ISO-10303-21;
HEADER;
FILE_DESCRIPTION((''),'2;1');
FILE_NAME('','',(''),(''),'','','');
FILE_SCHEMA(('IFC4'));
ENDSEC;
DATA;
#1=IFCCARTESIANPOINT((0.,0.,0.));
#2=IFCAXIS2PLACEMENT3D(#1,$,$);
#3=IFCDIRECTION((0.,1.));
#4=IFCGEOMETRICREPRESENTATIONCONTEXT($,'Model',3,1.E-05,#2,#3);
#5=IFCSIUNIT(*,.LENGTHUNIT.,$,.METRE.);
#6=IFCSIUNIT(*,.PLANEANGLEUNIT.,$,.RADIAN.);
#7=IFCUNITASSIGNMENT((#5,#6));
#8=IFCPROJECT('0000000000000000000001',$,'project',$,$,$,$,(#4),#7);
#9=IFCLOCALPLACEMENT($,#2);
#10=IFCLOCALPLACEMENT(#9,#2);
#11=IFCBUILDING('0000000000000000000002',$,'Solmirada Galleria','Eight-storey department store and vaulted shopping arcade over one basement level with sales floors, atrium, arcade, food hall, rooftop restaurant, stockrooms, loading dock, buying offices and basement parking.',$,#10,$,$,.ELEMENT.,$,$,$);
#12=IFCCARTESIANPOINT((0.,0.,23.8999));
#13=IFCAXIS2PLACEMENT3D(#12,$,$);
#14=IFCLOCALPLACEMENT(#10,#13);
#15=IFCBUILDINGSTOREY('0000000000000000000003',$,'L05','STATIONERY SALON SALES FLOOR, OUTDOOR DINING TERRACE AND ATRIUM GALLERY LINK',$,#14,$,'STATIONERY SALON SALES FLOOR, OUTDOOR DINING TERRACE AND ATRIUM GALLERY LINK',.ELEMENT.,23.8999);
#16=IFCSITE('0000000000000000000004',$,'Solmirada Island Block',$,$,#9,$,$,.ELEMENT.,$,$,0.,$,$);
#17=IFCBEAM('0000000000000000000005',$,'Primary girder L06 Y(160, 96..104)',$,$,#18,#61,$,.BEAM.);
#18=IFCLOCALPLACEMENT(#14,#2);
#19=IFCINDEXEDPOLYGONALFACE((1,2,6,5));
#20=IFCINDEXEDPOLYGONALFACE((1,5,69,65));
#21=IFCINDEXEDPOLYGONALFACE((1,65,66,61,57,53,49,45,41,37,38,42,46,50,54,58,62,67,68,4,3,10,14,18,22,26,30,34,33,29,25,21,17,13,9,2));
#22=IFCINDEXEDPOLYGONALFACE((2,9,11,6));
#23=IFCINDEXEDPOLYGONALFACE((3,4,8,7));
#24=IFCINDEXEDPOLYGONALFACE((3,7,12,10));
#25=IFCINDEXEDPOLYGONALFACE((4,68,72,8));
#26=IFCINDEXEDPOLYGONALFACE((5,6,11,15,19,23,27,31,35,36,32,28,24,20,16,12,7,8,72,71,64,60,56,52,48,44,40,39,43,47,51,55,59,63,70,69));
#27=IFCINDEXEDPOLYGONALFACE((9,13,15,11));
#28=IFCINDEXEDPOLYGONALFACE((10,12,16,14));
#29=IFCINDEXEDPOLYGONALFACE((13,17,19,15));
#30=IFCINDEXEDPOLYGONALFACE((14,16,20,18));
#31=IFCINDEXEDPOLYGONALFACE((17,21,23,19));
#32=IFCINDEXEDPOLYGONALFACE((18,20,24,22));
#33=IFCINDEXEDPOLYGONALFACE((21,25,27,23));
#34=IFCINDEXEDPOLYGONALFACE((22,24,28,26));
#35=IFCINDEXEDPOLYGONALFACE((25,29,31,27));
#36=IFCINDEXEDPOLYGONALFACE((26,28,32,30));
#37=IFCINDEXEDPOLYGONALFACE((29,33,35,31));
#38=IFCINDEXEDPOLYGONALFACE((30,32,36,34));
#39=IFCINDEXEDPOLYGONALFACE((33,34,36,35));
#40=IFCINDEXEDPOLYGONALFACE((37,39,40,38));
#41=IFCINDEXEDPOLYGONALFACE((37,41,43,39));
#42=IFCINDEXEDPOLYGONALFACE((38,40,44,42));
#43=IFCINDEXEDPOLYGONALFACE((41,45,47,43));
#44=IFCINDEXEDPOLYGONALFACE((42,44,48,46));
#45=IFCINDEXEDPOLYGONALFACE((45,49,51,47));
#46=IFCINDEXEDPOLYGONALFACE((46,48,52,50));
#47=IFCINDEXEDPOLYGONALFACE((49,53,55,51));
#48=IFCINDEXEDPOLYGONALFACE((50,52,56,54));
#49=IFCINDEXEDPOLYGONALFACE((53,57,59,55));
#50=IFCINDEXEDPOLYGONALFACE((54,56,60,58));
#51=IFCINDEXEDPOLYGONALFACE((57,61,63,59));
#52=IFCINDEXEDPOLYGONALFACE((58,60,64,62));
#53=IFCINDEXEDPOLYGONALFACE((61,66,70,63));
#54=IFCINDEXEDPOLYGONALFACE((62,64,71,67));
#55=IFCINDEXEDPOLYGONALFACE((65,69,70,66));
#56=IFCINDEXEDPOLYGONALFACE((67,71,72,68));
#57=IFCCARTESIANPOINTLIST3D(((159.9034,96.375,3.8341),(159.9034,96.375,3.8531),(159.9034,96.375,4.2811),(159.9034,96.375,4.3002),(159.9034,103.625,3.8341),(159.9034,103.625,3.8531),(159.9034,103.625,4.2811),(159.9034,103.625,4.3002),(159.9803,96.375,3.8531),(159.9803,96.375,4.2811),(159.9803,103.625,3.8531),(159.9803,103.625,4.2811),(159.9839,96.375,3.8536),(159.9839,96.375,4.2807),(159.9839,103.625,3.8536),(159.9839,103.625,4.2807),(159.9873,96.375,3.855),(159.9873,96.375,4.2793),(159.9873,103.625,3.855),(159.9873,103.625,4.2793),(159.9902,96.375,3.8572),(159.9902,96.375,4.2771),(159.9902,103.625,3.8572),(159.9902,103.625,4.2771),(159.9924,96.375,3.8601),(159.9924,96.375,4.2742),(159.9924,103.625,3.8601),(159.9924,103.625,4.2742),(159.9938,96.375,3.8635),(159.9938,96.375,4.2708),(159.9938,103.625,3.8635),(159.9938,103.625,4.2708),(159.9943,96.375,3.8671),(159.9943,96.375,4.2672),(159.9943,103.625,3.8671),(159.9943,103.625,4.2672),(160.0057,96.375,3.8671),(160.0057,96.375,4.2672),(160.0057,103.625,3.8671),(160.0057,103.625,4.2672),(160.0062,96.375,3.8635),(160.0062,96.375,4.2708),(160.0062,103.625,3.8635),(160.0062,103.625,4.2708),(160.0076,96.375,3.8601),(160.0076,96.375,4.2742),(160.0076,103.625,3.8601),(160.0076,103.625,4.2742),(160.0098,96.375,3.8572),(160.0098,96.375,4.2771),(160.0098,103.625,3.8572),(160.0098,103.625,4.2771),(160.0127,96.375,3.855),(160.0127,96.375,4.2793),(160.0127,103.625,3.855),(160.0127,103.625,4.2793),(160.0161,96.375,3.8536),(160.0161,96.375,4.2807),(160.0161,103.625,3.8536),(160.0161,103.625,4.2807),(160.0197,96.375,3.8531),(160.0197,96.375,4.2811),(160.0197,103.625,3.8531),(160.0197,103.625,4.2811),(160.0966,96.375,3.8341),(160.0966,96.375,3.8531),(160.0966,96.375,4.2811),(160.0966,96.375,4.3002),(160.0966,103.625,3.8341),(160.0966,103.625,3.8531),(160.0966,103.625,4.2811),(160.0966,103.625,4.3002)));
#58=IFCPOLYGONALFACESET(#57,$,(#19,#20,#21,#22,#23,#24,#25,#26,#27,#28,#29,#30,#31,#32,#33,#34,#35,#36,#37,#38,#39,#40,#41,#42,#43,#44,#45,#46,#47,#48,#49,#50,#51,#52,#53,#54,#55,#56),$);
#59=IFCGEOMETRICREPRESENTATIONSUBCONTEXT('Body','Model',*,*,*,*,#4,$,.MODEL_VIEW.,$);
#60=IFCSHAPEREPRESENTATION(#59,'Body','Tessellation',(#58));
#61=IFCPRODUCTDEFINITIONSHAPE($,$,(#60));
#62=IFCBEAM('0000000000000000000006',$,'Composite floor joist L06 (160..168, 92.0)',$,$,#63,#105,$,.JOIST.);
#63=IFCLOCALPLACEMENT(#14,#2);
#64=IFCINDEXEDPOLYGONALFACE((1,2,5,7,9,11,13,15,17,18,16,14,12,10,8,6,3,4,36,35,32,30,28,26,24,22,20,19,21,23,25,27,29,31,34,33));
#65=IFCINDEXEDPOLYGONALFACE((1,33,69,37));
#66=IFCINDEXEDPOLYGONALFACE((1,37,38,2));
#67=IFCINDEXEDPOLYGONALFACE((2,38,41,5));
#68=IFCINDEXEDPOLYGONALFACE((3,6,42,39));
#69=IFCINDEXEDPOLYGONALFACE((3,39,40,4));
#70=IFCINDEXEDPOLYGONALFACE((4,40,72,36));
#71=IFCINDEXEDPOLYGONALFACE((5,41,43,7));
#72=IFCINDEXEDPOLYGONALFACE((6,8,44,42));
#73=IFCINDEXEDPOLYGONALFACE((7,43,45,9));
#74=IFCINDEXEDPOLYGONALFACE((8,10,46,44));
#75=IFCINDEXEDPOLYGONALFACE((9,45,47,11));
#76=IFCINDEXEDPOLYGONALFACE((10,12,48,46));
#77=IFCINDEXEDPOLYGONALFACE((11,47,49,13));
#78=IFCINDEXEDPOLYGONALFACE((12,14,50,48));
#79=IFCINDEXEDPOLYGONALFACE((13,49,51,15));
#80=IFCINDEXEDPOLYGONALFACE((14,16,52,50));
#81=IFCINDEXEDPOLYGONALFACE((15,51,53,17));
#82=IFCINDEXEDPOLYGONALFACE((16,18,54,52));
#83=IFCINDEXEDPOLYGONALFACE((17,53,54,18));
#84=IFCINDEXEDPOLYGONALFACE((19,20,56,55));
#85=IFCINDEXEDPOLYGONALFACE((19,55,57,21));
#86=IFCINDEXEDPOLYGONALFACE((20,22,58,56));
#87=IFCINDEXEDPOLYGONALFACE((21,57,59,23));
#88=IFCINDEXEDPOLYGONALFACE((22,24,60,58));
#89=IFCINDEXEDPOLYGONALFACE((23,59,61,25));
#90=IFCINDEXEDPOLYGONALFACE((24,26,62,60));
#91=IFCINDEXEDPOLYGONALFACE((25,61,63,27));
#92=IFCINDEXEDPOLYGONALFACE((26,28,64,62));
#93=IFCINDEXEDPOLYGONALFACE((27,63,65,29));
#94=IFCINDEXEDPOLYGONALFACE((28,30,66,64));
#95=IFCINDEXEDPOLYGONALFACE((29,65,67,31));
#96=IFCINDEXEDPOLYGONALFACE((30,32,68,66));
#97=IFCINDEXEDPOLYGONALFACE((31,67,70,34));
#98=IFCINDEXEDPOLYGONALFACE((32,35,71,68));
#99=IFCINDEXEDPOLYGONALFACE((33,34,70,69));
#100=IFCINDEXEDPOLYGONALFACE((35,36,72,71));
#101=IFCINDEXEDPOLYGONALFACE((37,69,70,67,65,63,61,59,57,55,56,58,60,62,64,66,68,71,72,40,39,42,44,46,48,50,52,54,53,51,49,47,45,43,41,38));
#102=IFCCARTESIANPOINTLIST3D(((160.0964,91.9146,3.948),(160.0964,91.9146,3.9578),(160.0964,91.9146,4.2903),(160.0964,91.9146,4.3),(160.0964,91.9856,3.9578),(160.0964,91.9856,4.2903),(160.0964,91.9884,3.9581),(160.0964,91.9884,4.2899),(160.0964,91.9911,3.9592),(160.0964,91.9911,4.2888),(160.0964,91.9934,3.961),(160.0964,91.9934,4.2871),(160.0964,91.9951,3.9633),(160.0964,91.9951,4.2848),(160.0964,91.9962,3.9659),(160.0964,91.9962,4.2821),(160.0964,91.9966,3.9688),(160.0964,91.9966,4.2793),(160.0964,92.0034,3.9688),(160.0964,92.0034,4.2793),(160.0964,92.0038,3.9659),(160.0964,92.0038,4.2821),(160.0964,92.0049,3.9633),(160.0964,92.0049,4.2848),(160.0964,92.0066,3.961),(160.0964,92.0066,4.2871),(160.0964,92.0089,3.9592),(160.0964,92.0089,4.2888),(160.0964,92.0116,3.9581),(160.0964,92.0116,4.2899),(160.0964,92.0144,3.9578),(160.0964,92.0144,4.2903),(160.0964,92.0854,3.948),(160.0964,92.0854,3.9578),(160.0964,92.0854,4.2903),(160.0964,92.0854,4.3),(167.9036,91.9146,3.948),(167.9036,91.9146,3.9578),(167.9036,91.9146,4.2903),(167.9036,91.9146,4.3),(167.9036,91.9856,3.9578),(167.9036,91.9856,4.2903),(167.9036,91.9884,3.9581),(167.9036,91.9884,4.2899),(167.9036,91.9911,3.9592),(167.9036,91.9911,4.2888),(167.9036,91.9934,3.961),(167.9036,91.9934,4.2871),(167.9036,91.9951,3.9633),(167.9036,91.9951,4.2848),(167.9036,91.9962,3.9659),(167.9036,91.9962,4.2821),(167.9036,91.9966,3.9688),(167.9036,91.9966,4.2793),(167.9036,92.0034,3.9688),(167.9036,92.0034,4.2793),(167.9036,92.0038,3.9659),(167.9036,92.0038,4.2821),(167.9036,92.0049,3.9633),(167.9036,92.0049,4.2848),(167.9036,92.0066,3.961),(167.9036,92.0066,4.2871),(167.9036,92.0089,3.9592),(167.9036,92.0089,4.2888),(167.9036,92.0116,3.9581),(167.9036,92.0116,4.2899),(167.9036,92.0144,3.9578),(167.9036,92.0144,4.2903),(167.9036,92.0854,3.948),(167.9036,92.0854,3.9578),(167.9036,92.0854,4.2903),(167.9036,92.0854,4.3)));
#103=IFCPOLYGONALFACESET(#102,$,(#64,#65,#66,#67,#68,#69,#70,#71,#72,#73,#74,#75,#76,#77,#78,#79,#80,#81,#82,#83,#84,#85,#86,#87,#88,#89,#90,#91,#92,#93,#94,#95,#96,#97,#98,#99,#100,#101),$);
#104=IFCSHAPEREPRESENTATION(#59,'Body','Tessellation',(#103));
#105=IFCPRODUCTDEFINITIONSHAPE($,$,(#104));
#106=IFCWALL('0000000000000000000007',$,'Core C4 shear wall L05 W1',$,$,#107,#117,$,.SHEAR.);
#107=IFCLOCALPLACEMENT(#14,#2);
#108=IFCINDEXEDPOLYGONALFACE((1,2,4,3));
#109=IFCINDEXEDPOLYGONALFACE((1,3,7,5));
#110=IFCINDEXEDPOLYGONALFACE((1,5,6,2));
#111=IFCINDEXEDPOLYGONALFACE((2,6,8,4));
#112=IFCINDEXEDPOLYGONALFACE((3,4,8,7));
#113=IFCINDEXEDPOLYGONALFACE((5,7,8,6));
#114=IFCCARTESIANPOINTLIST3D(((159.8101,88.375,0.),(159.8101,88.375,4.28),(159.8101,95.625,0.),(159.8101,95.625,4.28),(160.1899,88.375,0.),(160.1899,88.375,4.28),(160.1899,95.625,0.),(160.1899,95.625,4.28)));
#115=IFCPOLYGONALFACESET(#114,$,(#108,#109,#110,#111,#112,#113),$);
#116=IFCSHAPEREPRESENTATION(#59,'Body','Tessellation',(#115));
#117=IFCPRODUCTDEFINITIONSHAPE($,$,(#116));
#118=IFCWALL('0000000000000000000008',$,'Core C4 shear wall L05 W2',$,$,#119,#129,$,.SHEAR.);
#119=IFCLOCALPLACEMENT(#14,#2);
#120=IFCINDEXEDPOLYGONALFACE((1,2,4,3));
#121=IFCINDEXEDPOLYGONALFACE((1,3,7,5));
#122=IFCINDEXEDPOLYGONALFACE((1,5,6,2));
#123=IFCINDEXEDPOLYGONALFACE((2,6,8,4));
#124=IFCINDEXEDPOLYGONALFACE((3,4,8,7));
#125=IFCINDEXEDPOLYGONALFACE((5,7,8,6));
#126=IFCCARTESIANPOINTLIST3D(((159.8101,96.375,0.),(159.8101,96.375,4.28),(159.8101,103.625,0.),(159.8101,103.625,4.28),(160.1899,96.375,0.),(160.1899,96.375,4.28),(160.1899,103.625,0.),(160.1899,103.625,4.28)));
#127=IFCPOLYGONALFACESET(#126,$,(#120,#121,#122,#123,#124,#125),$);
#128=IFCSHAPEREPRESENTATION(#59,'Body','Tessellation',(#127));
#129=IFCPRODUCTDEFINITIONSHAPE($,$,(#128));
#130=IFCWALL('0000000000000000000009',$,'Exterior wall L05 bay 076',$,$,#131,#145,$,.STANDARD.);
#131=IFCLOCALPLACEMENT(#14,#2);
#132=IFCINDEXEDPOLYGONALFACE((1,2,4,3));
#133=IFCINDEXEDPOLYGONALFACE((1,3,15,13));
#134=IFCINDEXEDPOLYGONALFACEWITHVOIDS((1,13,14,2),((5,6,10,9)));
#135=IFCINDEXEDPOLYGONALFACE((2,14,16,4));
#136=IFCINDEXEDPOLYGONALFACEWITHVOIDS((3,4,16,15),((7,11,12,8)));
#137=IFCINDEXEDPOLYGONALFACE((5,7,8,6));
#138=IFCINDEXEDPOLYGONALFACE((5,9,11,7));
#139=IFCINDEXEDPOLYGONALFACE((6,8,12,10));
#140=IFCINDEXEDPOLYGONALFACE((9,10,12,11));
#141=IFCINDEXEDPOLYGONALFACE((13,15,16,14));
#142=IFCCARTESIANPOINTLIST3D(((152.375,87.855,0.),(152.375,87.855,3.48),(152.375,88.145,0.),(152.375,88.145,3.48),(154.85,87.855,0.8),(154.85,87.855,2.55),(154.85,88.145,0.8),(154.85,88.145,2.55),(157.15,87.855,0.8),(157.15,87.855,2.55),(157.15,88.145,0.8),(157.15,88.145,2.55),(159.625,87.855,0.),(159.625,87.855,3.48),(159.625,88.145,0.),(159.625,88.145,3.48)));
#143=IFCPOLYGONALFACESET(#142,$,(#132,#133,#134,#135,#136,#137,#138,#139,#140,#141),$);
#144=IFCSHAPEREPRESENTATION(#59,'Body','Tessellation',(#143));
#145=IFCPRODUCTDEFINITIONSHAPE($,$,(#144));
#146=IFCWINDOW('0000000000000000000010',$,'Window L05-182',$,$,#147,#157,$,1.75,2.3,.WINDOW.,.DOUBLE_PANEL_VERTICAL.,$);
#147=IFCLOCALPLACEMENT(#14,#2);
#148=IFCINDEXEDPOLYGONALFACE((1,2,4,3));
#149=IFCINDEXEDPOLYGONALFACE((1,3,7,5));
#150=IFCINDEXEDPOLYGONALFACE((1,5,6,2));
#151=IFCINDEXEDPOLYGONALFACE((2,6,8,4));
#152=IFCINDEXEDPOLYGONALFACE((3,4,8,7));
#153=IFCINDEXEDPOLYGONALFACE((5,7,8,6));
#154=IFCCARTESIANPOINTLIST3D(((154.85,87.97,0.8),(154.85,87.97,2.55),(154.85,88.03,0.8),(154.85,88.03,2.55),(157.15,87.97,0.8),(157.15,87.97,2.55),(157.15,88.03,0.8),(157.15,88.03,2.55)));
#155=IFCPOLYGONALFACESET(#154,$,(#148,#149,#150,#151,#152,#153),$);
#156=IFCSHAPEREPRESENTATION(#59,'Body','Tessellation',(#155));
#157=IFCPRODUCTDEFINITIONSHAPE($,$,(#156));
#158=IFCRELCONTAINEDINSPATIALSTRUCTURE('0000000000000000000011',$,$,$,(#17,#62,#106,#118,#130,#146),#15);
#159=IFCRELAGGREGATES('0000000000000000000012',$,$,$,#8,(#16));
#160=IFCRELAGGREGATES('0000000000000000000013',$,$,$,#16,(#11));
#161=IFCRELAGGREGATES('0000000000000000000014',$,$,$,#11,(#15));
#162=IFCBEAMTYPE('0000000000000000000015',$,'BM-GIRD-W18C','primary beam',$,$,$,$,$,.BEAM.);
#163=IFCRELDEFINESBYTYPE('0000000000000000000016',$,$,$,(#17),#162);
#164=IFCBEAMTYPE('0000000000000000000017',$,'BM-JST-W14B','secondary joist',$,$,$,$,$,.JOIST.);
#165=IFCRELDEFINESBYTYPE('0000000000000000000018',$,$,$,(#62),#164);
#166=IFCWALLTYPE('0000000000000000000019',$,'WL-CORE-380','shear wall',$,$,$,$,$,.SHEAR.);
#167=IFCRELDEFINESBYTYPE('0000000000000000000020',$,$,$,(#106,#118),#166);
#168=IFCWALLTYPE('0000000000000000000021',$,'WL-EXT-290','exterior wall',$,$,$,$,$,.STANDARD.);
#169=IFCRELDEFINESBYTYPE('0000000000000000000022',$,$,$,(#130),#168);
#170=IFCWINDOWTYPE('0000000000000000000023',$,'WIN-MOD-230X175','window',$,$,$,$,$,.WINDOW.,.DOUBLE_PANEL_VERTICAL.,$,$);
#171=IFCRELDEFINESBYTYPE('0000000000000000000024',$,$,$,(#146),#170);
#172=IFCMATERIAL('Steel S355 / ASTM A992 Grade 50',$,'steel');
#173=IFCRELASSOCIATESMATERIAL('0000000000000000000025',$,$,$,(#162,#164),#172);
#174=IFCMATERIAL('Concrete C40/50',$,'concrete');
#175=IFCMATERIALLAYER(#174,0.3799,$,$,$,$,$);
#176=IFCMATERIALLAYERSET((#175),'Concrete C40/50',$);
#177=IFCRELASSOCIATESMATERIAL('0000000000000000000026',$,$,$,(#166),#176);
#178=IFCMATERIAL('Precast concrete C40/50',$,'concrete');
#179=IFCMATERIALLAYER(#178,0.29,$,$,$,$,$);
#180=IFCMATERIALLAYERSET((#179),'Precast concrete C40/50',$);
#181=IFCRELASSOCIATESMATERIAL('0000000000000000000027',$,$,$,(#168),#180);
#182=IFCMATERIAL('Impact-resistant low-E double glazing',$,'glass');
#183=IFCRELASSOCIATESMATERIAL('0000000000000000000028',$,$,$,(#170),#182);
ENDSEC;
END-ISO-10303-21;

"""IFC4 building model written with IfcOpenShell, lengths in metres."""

from ifc_helpers import new_model, si_unit, direction, frame, frame_2d, origin, origin_2d, place, context, subcontext, project, spatial, rectangle, i_section, extrude, material, layer, layer_set, material_profile, profile_set, type_object, element, fill, save


model = new_model("IFC4")

# Units and contexts
model_context = context("Model", 3, precision=1e-05, world=origin(), true_north=direction((0.0, 1.0)))
body_context = subcontext(model_context, "Body", "Model", "MODEL_VIEW")
ifc_project = project(units=[si_unit("LENGTHUNIT", "METRE"), si_unit("PLANEANGLEUNIT", "RADIAN")], contexts=[model_context])

# Site, building, storey
site_placement = place(None, origin())
site = spatial("IfcSite", under=ifc_project, at=site_placement, Name="Solmirada Island Block", CompositionType="ELEMENT", RefElevation=0.0)
building_placement = place(site_placement, origin())
building = spatial("IfcBuilding", under=site, at=building_placement, Name="Solmirada Galleria", Description="Eight-storey department store and vaulted shopping arcade over one basement level with sales floors, atrium, arcade, food hall, rooftop restaurant, stockrooms, loading dock, buying offices and basement parking.", CompositionType="ELEMENT")
storey_placement = place(building_placement, frame((0.0, 0.0, 23.8999)))
storey = spatial("IfcBuildingStorey", under=building, at=storey_placement, Name="L05", Description="STATIONERY SALON SALES FLOOR, OUTDOOR DINING TERRACE AND ATRIUM GALLERY LINK", LongName="STATIONERY SALON SALES FLOOR, OUTDOOR DINING TERRACE AND ATRIUM GALLERY LINK", CompositionType="ELEMENT", Elevation=23.8999)

# Shared definitions
ifc_material_1 = material(Name="Concrete C40/50", Category="concrete")

# Beams
ifc_material_2 = material(Name="Steel S355 / ASTM A992 Grade 50", Category="steel")
ifc_material_profile_1 = material_profile(ifc_material_2, i_section(OverallWidth=0.1931, OverallDepth=0.4661, WebThickness=0.0115, FlangeThickness=0.019, FilletRadius=0.0139, at=origin_2d()), Name="W18X65")
ifc_profile_set_1 = profile_set([ifc_material_profile_1], Name="Steel S355 / ASTM A992 Grade 50")
beam_type_1 = type_object("IfcBeamType", Name="BM-GIRD-W18C", Description="primary beam", PredefinedType="BEAM", material=ifc_profile_set_1)
for number, where, z_axis, x_axis, name in (
    (1, (160.0, 96.375, 4.0671), (0.0, 1.0, 0.0), (-1.0, 0.0, 0.0), "Primary girder L06 Y(160, 96..104)"),
):
    element("IfcBeam", number, at=place(storey_placement, frame(where, z_axis=z_axis, x_axis=x_axis)), inside=storey, type_object=beam_type_1, Name=name, PredefinedType="BEAM", context=body_context, shape_type="SweptSolid", body=[
        extrude(i_section(OverallWidth=0.1931, OverallDepth=0.4661, WebThickness=0.0115, FlangeThickness=0.019, FilletRadius=0.0139, at=origin_2d()), origin(), (0.0, 0.0, 1.0), 7.25),
    ])
ifc_material_profile_2 = material_profile(ifc_material_2, i_section(OverallWidth=0.1709, OverallDepth=0.3521, WebThickness=0.0068, FlangeThickness=0.0098, FilletRadius=0.011, at=origin_2d()), Name="W14X30")
ifc_profile_set_2 = profile_set([ifc_material_profile_2], Name="Steel S355 / ASTM A992 Grade 50")
beam_type_2 = type_object("IfcBeamType", Name="BM-JST-W14B", Description="secondary joist", PredefinedType="JOIST", material=ifc_profile_set_2)
beam_1_placement = place(storey_placement, frame((160.0964, 92.0, 4.124), z_axis=(1.0, 0.0, 0.0), x_axis=(0.0, 1.0, 0.0)))
element("IfcBeam", 2, at=beam_1_placement, inside=storey, type_object=beam_type_2, Name="Composite floor joist L06 (160..168, 92.0)", PredefinedType="JOIST", context=body_context, shape_type="SweptSolid", body=[
    extrude(i_section(OverallWidth=0.1709, OverallDepth=0.3521, WebThickness=0.0068, FlangeThickness=0.0098, FilletRadius=0.011, at=origin_2d()), origin(), (0.0, 0.0, 1.0), 7.8071),
])

# Walls
ifc_layer_1 = layer(ifc_material_1, 0.3799)
ifc_layer_set_1 = layer_set([ifc_layer_1], Name="Concrete C40/50")
wall_type_1 = type_object("IfcWallType", Name="WL-CORE-380", Description="shear wall", PredefinedType="SHEAR", material=ifc_layer_set_1)
for number, where, z_axis, x_axis, name in (
    (3, (160.0, 88.375, 0.0), (0.0, 0.0, 1.0), (0.0, 1.0, 0.0), "Core C4 shear wall L05 W1"),
    (4, (160.0, 96.375, 0.0), (0.0, 0.0, 1.0), (0.0, 1.0, 0.0), "Core C4 shear wall L05 W2"),
):
    element("IfcWall", number, at=place(storey_placement, frame(where, z_axis=z_axis, x_axis=x_axis)), inside=storey, type_object=wall_type_1, Name=name, PredefinedType="SHEAR", context=body_context, shape_type="SweptSolid", body=[
        extrude(rectangle(XDim=7.25, YDim=0.3799, at=frame_2d((3.625, 0.0))), origin(), (0.0, 0.0, 1.0), 4.28),
    ])

# Wall, opening, window
ifc_material_3 = material(Name="Precast concrete C40/50", Category="concrete")
ifc_layer_2 = layer(ifc_material_3, 0.29)
ifc_layer_set_2 = layer_set([ifc_layer_2], Name="Precast concrete C40/50")
wall_type_2 = type_object("IfcWallType", Name="WL-EXT-290", Description="exterior wall", PredefinedType="STANDARD", material=ifc_layer_set_2)
wall_1_placement = place(storey_placement, frame((159.625, 88.0, 0.0), z_axis=(0.0, 0.0, 1.0), x_axis=(-1.0, 0.0, 0.0)))
wall_1 = element("IfcWall", 5, at=wall_1_placement, inside=storey, type_object=wall_type_2, Name="Exterior wall L05 bay 076", PredefinedType="STANDARD", context=body_context, shape_type="SweptSolid", body=[
    extrude(rectangle(XDim=7.25, YDim=0.29, at=frame_2d((3.625, 0.0))), origin(), (0.0, 0.0, 1.0), 3.48),
])
opening_1_placement = place(wall_1_placement, frame((2.4751, 0.0, 0.8)))
opening_1 = element("IfcOpeningElement", 6, at=opening_1_placement, cuts=wall_1, PredefinedType="OPENING", context=body_context, shape_type="SweptSolid", body=[
    extrude(rectangle(XDim=2.3, YDim=1.75, at=frame_2d((1.1499, 0.875))), frame((0.0, 0.155, 0.0), z_axis=(0.0, -1.0, 0.0), x_axis=(1.0, 0.0, 0.0)), (0.0, 0.0, 1.0), 0.3101),
])
ifc_material_4 = material(Name="Impact-resistant low-E double glazing", Category="glass")
window_type = type_object("IfcWindowType", Name="WIN-MOD-230X175", Description="window", PartitioningType="DOUBLE_PANEL_VERTICAL", PredefinedType="WINDOW", material=ifc_material_4)
window_placement = place(opening_1_placement, origin())
window = element("IfcWindow", 7, at=window_placement, inside=storey, type_object=window_type, Name="Window L05-182", OverallHeight=1.75, OverallWidth=2.3, PartitioningType="DOUBLE_PANEL_VERTICAL", PredefinedType="WINDOW", context=body_context, shape_type="SweptSolid", body=[
    extrude(rectangle(XDim=2.3, YDim=1.75, at=frame_2d((1.1499, 0.875))), frame((0.0, 0.03, 0.0), z_axis=(0.0, -1.0, 0.0), x_axis=(1.0, 0.0, 0.0)), (0.0, 0.0, 1.0), 0.0601),
])
fill(opening_1, window)

save(model, "model.ifc")
